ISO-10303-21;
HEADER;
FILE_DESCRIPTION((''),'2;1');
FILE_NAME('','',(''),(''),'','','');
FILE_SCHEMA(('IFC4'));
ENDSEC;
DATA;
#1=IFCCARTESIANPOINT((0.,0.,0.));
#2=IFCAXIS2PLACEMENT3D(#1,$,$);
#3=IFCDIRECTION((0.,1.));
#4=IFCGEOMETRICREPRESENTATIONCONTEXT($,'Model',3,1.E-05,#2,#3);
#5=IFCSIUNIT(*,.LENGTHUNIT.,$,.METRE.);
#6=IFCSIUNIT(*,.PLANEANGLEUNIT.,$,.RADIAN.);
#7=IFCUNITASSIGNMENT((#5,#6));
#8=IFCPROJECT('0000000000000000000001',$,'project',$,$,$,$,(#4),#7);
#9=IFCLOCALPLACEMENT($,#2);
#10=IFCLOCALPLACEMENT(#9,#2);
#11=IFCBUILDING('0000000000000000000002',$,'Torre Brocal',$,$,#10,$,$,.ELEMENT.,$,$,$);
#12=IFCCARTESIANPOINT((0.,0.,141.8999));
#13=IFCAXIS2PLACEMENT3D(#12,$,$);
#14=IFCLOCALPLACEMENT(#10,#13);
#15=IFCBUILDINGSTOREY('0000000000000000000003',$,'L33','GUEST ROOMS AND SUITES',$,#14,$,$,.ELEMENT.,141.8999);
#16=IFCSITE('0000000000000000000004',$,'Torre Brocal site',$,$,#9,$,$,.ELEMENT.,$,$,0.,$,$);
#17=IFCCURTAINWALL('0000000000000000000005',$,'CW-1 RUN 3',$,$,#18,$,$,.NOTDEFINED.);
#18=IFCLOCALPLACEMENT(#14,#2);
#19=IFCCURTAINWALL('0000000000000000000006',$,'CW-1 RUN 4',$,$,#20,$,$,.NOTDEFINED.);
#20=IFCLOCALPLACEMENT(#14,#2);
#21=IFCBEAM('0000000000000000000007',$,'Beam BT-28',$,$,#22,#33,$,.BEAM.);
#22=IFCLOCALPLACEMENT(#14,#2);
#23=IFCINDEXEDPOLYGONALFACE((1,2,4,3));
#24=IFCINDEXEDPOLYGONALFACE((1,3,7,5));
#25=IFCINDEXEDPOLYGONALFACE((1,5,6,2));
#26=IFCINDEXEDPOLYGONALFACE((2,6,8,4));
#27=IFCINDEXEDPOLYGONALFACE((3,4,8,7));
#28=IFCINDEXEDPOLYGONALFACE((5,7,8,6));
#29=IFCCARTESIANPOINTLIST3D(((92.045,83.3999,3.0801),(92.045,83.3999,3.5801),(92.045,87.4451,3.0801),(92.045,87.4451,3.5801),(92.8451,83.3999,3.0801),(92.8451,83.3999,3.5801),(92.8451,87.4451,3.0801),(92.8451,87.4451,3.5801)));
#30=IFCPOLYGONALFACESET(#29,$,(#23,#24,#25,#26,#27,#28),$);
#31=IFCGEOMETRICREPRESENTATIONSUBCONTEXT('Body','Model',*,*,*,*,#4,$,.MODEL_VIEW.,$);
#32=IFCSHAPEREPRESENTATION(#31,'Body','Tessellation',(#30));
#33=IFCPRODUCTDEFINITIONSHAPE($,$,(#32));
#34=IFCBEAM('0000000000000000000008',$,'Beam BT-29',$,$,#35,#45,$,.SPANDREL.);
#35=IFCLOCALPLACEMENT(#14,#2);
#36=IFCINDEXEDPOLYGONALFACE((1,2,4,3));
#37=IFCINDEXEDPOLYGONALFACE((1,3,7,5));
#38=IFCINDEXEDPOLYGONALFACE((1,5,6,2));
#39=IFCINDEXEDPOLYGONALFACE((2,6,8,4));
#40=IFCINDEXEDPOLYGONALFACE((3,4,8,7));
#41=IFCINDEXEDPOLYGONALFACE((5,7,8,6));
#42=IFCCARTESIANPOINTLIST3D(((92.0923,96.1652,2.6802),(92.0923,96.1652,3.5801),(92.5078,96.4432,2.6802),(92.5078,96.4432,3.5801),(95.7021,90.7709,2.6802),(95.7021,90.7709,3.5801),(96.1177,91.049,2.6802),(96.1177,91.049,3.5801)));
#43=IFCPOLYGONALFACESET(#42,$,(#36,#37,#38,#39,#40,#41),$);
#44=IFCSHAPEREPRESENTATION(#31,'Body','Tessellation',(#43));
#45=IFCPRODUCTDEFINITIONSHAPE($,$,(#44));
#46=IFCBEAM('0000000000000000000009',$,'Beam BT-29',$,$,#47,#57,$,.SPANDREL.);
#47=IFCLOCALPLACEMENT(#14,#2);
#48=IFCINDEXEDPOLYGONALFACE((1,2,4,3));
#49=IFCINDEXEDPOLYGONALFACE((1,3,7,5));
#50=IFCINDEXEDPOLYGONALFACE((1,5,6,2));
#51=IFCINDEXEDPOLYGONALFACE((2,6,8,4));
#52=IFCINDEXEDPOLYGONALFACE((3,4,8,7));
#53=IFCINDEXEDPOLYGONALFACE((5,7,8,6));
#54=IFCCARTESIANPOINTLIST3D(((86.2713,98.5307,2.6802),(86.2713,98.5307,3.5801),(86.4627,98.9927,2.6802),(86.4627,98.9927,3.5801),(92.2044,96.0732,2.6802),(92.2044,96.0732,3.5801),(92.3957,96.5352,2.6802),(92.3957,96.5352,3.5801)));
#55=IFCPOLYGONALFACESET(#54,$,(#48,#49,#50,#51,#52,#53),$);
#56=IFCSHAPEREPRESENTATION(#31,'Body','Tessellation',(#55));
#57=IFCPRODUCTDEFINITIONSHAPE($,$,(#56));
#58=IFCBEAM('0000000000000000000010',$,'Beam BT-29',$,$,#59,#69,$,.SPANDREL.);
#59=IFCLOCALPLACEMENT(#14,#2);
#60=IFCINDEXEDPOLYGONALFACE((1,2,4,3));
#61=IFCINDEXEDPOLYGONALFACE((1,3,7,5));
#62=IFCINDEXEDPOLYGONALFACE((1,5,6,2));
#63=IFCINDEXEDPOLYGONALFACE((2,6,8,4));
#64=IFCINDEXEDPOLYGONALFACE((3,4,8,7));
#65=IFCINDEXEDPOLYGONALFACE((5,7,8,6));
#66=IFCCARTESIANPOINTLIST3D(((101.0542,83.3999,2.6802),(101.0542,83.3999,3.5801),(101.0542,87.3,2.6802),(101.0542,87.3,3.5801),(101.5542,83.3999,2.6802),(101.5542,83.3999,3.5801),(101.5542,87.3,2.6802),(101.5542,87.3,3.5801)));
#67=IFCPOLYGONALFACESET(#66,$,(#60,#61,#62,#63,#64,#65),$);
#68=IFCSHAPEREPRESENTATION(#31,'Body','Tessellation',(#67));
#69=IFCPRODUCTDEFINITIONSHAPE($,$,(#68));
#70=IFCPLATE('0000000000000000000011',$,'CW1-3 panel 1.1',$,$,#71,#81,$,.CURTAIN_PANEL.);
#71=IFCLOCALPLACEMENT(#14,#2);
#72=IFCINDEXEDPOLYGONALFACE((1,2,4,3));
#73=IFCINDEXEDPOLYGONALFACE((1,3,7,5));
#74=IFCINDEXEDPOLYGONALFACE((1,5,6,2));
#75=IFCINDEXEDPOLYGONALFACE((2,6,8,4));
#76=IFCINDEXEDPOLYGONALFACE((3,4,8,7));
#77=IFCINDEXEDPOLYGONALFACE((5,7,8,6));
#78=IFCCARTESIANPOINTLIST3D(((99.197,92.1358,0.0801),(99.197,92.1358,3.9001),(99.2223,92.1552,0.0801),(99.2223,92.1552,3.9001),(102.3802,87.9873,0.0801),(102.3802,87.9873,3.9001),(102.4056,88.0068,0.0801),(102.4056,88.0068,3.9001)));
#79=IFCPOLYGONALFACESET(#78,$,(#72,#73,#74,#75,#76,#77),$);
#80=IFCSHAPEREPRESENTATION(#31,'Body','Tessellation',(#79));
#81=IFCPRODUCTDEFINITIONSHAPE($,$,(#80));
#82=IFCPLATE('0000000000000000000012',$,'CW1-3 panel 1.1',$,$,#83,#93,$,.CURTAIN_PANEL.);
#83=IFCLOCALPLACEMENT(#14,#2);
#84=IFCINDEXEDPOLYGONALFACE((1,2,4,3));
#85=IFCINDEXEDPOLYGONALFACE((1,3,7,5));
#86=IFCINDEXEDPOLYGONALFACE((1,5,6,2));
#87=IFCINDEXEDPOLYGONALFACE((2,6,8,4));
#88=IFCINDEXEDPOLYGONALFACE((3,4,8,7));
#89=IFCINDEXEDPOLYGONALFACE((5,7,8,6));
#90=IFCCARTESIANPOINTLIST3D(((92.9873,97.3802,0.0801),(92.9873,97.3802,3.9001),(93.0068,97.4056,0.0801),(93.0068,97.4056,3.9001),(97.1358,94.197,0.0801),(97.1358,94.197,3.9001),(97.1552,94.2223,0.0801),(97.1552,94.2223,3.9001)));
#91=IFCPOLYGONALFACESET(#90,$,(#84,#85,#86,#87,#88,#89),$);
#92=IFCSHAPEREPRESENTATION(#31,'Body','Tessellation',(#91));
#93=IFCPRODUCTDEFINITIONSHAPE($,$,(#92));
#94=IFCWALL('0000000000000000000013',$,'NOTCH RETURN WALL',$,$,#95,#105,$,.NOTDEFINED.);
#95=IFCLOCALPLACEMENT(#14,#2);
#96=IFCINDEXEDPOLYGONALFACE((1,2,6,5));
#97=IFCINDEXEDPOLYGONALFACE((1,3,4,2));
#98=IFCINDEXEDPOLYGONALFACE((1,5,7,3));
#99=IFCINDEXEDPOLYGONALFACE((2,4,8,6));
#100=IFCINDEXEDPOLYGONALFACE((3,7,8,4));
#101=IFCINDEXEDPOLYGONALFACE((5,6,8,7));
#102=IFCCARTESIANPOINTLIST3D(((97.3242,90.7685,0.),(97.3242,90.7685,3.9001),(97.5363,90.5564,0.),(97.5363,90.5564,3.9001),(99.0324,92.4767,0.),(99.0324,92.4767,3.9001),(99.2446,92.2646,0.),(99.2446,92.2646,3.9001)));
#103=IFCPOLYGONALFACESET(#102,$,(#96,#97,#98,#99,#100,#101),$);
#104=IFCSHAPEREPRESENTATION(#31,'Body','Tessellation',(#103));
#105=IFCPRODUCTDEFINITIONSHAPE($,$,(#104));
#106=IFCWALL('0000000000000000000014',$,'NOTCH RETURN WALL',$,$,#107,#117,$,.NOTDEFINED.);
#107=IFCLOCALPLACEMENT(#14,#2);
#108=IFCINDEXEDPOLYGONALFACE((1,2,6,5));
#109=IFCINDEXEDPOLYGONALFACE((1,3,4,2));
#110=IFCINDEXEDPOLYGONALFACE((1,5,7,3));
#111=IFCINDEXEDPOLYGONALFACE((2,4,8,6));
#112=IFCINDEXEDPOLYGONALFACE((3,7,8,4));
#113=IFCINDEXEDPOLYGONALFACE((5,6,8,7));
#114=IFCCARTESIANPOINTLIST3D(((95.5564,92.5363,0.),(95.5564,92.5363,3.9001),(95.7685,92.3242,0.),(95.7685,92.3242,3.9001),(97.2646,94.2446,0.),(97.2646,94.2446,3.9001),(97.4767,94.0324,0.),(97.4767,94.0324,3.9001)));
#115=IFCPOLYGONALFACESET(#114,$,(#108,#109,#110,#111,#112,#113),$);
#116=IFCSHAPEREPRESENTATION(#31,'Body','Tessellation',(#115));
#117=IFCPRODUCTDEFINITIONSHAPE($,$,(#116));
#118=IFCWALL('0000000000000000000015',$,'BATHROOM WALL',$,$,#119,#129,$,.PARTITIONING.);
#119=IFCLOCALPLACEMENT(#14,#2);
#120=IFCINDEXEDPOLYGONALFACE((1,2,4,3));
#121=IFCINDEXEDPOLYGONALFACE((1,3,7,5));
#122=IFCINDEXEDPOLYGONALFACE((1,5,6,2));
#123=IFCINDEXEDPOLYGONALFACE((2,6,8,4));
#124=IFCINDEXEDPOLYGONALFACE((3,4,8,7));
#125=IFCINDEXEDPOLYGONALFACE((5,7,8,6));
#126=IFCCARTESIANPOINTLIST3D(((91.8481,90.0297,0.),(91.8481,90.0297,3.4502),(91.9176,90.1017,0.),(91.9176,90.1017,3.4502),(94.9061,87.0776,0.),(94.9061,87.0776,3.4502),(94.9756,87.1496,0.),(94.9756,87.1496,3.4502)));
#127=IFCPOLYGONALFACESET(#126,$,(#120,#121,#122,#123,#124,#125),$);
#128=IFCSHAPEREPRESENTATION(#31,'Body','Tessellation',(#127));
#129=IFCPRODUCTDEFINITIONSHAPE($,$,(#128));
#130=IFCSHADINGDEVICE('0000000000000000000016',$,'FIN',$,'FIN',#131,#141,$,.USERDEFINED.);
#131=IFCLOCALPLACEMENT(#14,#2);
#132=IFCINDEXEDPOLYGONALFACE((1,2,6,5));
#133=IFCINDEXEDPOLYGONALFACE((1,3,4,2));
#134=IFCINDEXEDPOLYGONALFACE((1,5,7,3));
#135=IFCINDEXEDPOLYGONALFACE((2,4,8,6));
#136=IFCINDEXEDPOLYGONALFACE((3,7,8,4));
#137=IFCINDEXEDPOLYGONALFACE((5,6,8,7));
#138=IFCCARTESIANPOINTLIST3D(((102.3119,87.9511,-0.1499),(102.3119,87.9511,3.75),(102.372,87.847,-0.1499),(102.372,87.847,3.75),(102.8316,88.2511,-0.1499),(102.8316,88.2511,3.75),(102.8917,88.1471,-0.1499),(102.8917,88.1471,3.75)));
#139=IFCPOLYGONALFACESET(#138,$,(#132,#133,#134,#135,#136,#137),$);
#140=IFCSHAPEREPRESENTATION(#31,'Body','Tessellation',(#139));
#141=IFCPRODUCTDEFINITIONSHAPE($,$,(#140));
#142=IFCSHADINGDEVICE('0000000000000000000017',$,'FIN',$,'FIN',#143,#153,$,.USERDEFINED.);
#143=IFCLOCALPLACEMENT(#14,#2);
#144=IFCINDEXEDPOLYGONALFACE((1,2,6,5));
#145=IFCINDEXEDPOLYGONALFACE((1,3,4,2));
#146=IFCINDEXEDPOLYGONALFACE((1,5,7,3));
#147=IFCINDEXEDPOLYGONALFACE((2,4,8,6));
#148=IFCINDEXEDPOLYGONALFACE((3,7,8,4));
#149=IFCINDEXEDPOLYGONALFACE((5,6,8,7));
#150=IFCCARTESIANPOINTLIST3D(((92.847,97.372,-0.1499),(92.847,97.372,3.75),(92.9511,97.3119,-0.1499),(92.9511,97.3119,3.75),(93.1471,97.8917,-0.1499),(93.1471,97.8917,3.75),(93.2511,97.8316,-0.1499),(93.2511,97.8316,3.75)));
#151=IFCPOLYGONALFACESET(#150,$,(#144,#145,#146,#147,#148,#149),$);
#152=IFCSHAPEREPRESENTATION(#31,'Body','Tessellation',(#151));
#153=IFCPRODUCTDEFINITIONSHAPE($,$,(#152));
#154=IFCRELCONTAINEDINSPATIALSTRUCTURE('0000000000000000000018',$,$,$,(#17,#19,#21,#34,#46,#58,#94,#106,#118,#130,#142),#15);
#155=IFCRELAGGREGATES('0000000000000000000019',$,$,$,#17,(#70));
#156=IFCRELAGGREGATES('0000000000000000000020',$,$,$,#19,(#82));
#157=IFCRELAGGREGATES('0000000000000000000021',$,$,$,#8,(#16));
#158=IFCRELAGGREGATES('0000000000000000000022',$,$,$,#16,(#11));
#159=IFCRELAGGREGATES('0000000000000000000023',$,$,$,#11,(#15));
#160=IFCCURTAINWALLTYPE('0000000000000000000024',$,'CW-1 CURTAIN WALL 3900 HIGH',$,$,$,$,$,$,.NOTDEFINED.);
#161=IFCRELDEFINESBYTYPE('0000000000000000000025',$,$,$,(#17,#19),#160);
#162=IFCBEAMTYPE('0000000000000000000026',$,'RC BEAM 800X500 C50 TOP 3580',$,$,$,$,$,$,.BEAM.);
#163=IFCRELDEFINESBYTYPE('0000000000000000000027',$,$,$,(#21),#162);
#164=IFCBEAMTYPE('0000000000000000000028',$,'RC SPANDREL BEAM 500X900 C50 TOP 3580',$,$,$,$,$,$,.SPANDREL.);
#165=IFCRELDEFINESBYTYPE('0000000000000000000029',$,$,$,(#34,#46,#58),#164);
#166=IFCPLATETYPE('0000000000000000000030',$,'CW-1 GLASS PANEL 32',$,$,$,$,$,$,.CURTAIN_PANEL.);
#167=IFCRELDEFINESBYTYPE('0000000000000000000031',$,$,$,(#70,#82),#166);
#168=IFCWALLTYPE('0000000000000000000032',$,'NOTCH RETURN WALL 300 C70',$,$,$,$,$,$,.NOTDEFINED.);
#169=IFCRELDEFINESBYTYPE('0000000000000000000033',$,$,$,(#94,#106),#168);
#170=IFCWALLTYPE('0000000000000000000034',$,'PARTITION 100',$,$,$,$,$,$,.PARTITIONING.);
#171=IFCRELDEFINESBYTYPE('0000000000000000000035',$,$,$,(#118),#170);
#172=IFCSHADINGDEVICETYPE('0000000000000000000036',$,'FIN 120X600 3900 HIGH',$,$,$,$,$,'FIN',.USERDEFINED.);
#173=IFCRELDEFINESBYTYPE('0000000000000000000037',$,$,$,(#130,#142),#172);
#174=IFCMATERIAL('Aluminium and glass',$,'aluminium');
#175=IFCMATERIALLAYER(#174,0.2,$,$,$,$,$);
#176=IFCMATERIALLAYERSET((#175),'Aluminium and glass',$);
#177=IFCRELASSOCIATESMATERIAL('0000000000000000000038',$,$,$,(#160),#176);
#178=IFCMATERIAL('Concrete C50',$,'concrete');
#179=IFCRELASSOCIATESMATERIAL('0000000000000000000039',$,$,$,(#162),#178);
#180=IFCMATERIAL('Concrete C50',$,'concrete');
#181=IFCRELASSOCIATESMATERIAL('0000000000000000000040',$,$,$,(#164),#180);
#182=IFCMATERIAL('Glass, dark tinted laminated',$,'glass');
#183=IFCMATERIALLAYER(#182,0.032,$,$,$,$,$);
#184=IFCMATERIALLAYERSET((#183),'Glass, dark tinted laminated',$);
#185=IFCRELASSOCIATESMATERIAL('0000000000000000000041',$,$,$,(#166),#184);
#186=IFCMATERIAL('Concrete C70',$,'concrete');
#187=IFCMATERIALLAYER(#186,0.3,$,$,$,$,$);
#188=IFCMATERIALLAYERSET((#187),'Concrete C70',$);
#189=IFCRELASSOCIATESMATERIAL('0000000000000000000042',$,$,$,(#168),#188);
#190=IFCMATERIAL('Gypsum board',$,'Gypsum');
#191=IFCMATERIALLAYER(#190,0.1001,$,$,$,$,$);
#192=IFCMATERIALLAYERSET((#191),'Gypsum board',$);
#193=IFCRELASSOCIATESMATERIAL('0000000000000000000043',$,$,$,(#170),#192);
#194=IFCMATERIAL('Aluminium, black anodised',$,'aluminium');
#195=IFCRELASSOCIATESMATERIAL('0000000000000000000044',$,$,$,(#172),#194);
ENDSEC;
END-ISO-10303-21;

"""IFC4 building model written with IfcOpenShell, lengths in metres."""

from ifc_helpers import new_model, si_unit, direction, frame, frame_2d, origin, origin_2d, place, context, subcontext, project, spatial, rectangle, extrude, material, layer, layer_set, material_profile, profile_set, type_object, element, aggregate, save


model = new_model("IFC4")

# Units and contexts
model_context = context("Model", 3, precision=1e-05, world=origin(), true_north=direction((0.0, 1.0)))
body_context = subcontext(model_context, "Body", "Model", "MODEL_VIEW")
ifc_project = project(units=[si_unit("LENGTHUNIT", "METRE"), si_unit("PLANEANGLEUNIT", "RADIAN")], contexts=[model_context])

# Site, building, storey
site_placement = place(None, origin())
site = spatial("IfcSite", under=ifc_project, at=site_placement, Name="Torre Brocal site", CompositionType="ELEMENT", RefElevation=0.0)
building_placement = place(site_placement, origin())
building = spatial("IfcBuilding", under=site, at=building_placement, Name="Torre Brocal", CompositionType="ELEMENT")
storey_placement = place(building_placement, frame((0.0, 0.0, 141.8999)))
storey = spatial("IfcBuildingStorey", under=building, at=storey_placement, Name="L33", Description="GUEST ROOMS AND SUITES", CompositionType="ELEMENT", Elevation=141.8999)

# Shared definitions
ifc_material_1 = material(Name="Aluminium and glass", Category="aluminium")
ifc_layer_1 = layer(ifc_material_1, 0.2)
ifc_layer_set_1 = layer_set([ifc_layer_1], Name="Aluminium and glass")
curtain_wall_type = type_object("IfcCurtainWallType", Name="CW-1 CURTAIN WALL 3900 HIGH", PredefinedType="NOTDEFINED", material=ifc_layer_set_1)

# Curtain walls
curtain_wall_1_placement = place(storey_placement, origin())
curtain_wall_1 = element("IfcCurtainWall", 1, at=curtain_wall_1_placement, inside=storey, type_object=curtain_wall_type, Name="CW-1 RUN 3", PredefinedType="NOTDEFINED")
curtain_wall_2_placement = place(storey_placement, origin())
curtain_wall_2 = element("IfcCurtainWall", 2, at=curtain_wall_2_placement, inside=storey, type_object=curtain_wall_type, Name="CW-1 RUN 4", PredefinedType="NOTDEFINED")

# Beams
ifc_material_2 = material(Name="Concrete C50", Category="concrete")
ifc_material_profile_1 = material_profile(ifc_material_2, rectangle(XDim=0.8, YDim=0.5, at=origin_2d()), Name="RC 800X500")
ifc_profile_set_1 = profile_set([ifc_material_profile_1], Name="Concrete C50")
beam_type_1 = type_object("IfcBeamType", Name="RC BEAM 800X500 C50 TOP 3580", PredefinedType="BEAM", material=ifc_profile_set_1)
beam_1_placement = place(storey_placement, frame((92.4451, 87.4451, 3.3301), z_axis=(0.0, -1.0, 0.0), x_axis=(1.0, 0.0, 0.0)))
element("IfcBeam", 3, at=beam_1_placement, inside=storey, type_object=beam_type_1, Name="Beam BT-28", PredefinedType="BEAM", context=body_context, shape_type="SweptSolid", body=[
    extrude(rectangle(XDim=0.8, YDim=0.5, at=origin_2d()), origin(), (0.0, 0.0, 1.0), 4.0452),
])
ifc_material_3 = material(Name="Concrete C50", Category="concrete")
ifc_material_profile_2 = material_profile(ifc_material_3, rectangle(XDim=0.5, YDim=0.8999, at=origin_2d()), Name="RC 500X900")
ifc_profile_set_2 = profile_set([ifc_material_profile_2], Name="Concrete C50")
beam_type_2 = type_object("IfcBeamType", Name="RC SPANDREL BEAM 500X900 C50 TOP 3580", PredefinedType="SPANDREL", material=ifc_profile_set_2)
beam_2_placement = place(storey_placement, frame((95.9099, 90.9099, 3.1301), z_axis=(-0.556158, 0.831077, 0.0), x_axis=(-0.831077, -0.556158, 0.0)))
element("IfcBeam", 4, at=beam_2_placement, inside=storey, type_object=beam_type_2, Name="Beam BT-29", PredefinedType="SPANDREL", context=body_context, shape_type="SweptSolid", body=[
    extrude(rectangle(XDim=0.5, YDim=0.8999, at=origin_2d()), origin(), (0.0, 0.0, 1.0), 6.4907),
])
beam_3_placement = place(storey_placement, frame((92.3, 96.3042, 3.1301), z_axis=(-0.923882, 0.382676, 0.0), x_axis=(-0.382676, -0.923882, 0.0)))
element("IfcBeam", 5, at=beam_3_placement, inside=storey, type_object=beam_type_2, Name="Beam BT-29", PredefinedType="SPANDREL", context=body_context, shape_type="SweptSolid", body=[
    extrude(rectangle(XDim=0.5, YDim=0.8999, at=origin_2d()), origin(), (0.0, 0.0, 1.0), 6.4219),
])
beam_4_placement = place(storey_placement, frame((101.3042, 87.3, 3.1301), z_axis=(0.0, -1.0, 0.0), x_axis=(1.0, 0.0, 0.0)))
element("IfcBeam", 6, at=beam_4_placement, inside=storey, type_object=beam_type_2, Name="Beam BT-29", PredefinedType="SPANDREL", context=body_context, shape_type="SweptSolid", body=[
    extrude(rectangle(XDim=0.5, YDim=0.8999, at=origin_2d()), origin(), (0.0, 0.0, 1.0), 3.9001),
])

# Plates
ifc_material_4 = material(Name="Glass, dark tinted laminated", Category="glass")
ifc_layer_2 = layer(ifc_material_4, 0.032)
ifc_layer_set_2 = layer_set([ifc_layer_2], Name="Glass, dark tinted laminated")
plate_type = type_object("IfcPlateType", Name="CW-1 GLASS PANEL 32", PredefinedType="CURTAIN_PANEL", material=ifc_layer_set_2)
plate_1_placement = place(storey_placement, frame((100.8013, 90.0713, 0.0801), z_axis=(0.0, 0.0, 1.0), x_axis=(-0.608761, 0.793353, 0.0)))
plate_1 = element("IfcPlate", 7, at=plate_1_placement, type_object=plate_type, Name="CW1-3 panel 1.1", PredefinedType="CURTAIN_PANEL", context=body_context, shape_type="SweptSolid", body=[
    extrude(rectangle(XDim=5.229, YDim=0.032, at=origin_2d()), origin(), (0.0, 0.0, 1.0), 3.8201),
])
aggregate(curtain_wall_1, [plate_1])
plate_2_placement = place(storey_placement, frame((95.0713, 95.8013, 0.0801), z_axis=(0.0, 0.0, 1.0), x_axis=(-0.793353, 0.608761, 0.0)))
plate_2 = element("IfcPlate", 8, at=plate_2_placement, type_object=plate_type, Name="CW1-3 panel 1.1", PredefinedType="CURTAIN_PANEL", context=body_context, shape_type="SweptSolid", body=[
    extrude(rectangle(XDim=5.229, YDim=0.032, at=origin_2d()), origin(), (0.0, 0.0, 1.0), 3.8201),
])
aggregate(curtain_wall_2, [plate_2])

# Walls
ifc_material_5 = material(Name="Concrete C70", Category="concrete")
ifc_layer_3 = layer(ifc_material_5, 0.3)
ifc_layer_set_3 = layer_set([ifc_layer_3], Name="Concrete C70")
wall_type_1 = type_object("IfcWallType", Name="NOTCH RETURN WALL 300 C70", PredefinedType="NOTDEFINED", material=ifc_layer_set_3)
for number, where, z_axis, x_axis, name in (
    (9, (97.4302, 90.6624, 0.0), (0.0, 0.0, 1.0), (0.707107, 0.707107, 0.0), "NOTCH RETURN WALL"),
    (10, (95.6624, 92.4302, 0.0), (0.0, 0.0, 1.0), (0.707107, 0.707107, 0.0), "NOTCH RETURN WALL"),
):
    element("IfcWall", number, at=place(storey_placement, frame(where, z_axis=z_axis, x_axis=x_axis)), inside=storey, type_object=wall_type_1, Name=name, PredefinedType="NOTDEFINED", context=body_context, shape_type="SweptSolid", body=[
        extrude(rectangle(XDim=2.4158, YDim=0.3, at=frame_2d((1.208, 0.0))), origin(), (0.0, 0.0, 1.0), 3.9001),
    ])
ifc_material_6 = material(Name="Gypsum board", Category="Gypsum")
ifc_layer_4 = layer(ifc_material_6, 0.1001)
ifc_layer_set_4 = layer_set([ifc_layer_4], Name="Gypsum board")
wall_type_2 = type_object("IfcWallType", Name="PARTITION 100", PredefinedType="PARTITIONING", material=ifc_layer_set_4)
wall_placement = place(storey_placement, frame((91.8828, 90.0657, 0.0), z_axis=(0.0, 0.0, 1.0), x_axis=(0.719461, -0.694533, 0.0)))
element("IfcWall", 11, at=wall_placement, inside=storey, type_object=wall_type_2, Name="BATHROOM WALL", PredefinedType="PARTITIONING", context=body_context, shape_type="SweptSolid", body=[
    extrude(rectangle(XDim=4.2505, YDim=0.1001, at=frame_2d((2.1252, 0.0))), origin(), (0.0, 0.0, 1.0), 3.4502),
])

# Shading devices
ifc_material_7 = material(Name="Aluminium, black anodised", Category="aluminium")
ifc_material_profile_3 = material_profile(ifc_material_7, rectangle(XDim=0.1201, YDim=0.6001, at=origin_2d()), Name="FIN 120X600 3900 HIGH")
ifc_profile_set_3 = profile_set([ifc_material_profile_3], Name="Aluminium, black anodised")
shading_device_type = type_object("IfcShadingDeviceType", Name="FIN 120X600 3900 HIGH", ElementType="FIN", PredefinedType="USERDEFINED", material=ifc_profile_set_3)
for number, where, z_axis, x_axis, name in (
    (12, (102.6018, 88.0491, -0.1499), (0.0, 0.0, 1.0), (-0.5, 0.866025, 0.0), "FIN"),
    (13, (93.0491, 97.6018, -0.1499), (0.0, 0.0, 1.0), (-0.866025, 0.5, 0.0), "FIN"),
):
    element("IfcShadingDevice", number, at=place(storey_placement, frame(where, z_axis=z_axis, x_axis=x_axis)), inside=storey, type_object=shading_device_type, Name=name, ObjectType="FIN", PredefinedType="USERDEFINED", context=body_context, shape_type="SweptSolid", body=[
        extrude(rectangle(XDim=0.1201, YDim=0.6001, at=origin_2d()), origin(), (0.0, 0.0, 1.0), 3.8999),
    ])

save(model, "model.ifc")
